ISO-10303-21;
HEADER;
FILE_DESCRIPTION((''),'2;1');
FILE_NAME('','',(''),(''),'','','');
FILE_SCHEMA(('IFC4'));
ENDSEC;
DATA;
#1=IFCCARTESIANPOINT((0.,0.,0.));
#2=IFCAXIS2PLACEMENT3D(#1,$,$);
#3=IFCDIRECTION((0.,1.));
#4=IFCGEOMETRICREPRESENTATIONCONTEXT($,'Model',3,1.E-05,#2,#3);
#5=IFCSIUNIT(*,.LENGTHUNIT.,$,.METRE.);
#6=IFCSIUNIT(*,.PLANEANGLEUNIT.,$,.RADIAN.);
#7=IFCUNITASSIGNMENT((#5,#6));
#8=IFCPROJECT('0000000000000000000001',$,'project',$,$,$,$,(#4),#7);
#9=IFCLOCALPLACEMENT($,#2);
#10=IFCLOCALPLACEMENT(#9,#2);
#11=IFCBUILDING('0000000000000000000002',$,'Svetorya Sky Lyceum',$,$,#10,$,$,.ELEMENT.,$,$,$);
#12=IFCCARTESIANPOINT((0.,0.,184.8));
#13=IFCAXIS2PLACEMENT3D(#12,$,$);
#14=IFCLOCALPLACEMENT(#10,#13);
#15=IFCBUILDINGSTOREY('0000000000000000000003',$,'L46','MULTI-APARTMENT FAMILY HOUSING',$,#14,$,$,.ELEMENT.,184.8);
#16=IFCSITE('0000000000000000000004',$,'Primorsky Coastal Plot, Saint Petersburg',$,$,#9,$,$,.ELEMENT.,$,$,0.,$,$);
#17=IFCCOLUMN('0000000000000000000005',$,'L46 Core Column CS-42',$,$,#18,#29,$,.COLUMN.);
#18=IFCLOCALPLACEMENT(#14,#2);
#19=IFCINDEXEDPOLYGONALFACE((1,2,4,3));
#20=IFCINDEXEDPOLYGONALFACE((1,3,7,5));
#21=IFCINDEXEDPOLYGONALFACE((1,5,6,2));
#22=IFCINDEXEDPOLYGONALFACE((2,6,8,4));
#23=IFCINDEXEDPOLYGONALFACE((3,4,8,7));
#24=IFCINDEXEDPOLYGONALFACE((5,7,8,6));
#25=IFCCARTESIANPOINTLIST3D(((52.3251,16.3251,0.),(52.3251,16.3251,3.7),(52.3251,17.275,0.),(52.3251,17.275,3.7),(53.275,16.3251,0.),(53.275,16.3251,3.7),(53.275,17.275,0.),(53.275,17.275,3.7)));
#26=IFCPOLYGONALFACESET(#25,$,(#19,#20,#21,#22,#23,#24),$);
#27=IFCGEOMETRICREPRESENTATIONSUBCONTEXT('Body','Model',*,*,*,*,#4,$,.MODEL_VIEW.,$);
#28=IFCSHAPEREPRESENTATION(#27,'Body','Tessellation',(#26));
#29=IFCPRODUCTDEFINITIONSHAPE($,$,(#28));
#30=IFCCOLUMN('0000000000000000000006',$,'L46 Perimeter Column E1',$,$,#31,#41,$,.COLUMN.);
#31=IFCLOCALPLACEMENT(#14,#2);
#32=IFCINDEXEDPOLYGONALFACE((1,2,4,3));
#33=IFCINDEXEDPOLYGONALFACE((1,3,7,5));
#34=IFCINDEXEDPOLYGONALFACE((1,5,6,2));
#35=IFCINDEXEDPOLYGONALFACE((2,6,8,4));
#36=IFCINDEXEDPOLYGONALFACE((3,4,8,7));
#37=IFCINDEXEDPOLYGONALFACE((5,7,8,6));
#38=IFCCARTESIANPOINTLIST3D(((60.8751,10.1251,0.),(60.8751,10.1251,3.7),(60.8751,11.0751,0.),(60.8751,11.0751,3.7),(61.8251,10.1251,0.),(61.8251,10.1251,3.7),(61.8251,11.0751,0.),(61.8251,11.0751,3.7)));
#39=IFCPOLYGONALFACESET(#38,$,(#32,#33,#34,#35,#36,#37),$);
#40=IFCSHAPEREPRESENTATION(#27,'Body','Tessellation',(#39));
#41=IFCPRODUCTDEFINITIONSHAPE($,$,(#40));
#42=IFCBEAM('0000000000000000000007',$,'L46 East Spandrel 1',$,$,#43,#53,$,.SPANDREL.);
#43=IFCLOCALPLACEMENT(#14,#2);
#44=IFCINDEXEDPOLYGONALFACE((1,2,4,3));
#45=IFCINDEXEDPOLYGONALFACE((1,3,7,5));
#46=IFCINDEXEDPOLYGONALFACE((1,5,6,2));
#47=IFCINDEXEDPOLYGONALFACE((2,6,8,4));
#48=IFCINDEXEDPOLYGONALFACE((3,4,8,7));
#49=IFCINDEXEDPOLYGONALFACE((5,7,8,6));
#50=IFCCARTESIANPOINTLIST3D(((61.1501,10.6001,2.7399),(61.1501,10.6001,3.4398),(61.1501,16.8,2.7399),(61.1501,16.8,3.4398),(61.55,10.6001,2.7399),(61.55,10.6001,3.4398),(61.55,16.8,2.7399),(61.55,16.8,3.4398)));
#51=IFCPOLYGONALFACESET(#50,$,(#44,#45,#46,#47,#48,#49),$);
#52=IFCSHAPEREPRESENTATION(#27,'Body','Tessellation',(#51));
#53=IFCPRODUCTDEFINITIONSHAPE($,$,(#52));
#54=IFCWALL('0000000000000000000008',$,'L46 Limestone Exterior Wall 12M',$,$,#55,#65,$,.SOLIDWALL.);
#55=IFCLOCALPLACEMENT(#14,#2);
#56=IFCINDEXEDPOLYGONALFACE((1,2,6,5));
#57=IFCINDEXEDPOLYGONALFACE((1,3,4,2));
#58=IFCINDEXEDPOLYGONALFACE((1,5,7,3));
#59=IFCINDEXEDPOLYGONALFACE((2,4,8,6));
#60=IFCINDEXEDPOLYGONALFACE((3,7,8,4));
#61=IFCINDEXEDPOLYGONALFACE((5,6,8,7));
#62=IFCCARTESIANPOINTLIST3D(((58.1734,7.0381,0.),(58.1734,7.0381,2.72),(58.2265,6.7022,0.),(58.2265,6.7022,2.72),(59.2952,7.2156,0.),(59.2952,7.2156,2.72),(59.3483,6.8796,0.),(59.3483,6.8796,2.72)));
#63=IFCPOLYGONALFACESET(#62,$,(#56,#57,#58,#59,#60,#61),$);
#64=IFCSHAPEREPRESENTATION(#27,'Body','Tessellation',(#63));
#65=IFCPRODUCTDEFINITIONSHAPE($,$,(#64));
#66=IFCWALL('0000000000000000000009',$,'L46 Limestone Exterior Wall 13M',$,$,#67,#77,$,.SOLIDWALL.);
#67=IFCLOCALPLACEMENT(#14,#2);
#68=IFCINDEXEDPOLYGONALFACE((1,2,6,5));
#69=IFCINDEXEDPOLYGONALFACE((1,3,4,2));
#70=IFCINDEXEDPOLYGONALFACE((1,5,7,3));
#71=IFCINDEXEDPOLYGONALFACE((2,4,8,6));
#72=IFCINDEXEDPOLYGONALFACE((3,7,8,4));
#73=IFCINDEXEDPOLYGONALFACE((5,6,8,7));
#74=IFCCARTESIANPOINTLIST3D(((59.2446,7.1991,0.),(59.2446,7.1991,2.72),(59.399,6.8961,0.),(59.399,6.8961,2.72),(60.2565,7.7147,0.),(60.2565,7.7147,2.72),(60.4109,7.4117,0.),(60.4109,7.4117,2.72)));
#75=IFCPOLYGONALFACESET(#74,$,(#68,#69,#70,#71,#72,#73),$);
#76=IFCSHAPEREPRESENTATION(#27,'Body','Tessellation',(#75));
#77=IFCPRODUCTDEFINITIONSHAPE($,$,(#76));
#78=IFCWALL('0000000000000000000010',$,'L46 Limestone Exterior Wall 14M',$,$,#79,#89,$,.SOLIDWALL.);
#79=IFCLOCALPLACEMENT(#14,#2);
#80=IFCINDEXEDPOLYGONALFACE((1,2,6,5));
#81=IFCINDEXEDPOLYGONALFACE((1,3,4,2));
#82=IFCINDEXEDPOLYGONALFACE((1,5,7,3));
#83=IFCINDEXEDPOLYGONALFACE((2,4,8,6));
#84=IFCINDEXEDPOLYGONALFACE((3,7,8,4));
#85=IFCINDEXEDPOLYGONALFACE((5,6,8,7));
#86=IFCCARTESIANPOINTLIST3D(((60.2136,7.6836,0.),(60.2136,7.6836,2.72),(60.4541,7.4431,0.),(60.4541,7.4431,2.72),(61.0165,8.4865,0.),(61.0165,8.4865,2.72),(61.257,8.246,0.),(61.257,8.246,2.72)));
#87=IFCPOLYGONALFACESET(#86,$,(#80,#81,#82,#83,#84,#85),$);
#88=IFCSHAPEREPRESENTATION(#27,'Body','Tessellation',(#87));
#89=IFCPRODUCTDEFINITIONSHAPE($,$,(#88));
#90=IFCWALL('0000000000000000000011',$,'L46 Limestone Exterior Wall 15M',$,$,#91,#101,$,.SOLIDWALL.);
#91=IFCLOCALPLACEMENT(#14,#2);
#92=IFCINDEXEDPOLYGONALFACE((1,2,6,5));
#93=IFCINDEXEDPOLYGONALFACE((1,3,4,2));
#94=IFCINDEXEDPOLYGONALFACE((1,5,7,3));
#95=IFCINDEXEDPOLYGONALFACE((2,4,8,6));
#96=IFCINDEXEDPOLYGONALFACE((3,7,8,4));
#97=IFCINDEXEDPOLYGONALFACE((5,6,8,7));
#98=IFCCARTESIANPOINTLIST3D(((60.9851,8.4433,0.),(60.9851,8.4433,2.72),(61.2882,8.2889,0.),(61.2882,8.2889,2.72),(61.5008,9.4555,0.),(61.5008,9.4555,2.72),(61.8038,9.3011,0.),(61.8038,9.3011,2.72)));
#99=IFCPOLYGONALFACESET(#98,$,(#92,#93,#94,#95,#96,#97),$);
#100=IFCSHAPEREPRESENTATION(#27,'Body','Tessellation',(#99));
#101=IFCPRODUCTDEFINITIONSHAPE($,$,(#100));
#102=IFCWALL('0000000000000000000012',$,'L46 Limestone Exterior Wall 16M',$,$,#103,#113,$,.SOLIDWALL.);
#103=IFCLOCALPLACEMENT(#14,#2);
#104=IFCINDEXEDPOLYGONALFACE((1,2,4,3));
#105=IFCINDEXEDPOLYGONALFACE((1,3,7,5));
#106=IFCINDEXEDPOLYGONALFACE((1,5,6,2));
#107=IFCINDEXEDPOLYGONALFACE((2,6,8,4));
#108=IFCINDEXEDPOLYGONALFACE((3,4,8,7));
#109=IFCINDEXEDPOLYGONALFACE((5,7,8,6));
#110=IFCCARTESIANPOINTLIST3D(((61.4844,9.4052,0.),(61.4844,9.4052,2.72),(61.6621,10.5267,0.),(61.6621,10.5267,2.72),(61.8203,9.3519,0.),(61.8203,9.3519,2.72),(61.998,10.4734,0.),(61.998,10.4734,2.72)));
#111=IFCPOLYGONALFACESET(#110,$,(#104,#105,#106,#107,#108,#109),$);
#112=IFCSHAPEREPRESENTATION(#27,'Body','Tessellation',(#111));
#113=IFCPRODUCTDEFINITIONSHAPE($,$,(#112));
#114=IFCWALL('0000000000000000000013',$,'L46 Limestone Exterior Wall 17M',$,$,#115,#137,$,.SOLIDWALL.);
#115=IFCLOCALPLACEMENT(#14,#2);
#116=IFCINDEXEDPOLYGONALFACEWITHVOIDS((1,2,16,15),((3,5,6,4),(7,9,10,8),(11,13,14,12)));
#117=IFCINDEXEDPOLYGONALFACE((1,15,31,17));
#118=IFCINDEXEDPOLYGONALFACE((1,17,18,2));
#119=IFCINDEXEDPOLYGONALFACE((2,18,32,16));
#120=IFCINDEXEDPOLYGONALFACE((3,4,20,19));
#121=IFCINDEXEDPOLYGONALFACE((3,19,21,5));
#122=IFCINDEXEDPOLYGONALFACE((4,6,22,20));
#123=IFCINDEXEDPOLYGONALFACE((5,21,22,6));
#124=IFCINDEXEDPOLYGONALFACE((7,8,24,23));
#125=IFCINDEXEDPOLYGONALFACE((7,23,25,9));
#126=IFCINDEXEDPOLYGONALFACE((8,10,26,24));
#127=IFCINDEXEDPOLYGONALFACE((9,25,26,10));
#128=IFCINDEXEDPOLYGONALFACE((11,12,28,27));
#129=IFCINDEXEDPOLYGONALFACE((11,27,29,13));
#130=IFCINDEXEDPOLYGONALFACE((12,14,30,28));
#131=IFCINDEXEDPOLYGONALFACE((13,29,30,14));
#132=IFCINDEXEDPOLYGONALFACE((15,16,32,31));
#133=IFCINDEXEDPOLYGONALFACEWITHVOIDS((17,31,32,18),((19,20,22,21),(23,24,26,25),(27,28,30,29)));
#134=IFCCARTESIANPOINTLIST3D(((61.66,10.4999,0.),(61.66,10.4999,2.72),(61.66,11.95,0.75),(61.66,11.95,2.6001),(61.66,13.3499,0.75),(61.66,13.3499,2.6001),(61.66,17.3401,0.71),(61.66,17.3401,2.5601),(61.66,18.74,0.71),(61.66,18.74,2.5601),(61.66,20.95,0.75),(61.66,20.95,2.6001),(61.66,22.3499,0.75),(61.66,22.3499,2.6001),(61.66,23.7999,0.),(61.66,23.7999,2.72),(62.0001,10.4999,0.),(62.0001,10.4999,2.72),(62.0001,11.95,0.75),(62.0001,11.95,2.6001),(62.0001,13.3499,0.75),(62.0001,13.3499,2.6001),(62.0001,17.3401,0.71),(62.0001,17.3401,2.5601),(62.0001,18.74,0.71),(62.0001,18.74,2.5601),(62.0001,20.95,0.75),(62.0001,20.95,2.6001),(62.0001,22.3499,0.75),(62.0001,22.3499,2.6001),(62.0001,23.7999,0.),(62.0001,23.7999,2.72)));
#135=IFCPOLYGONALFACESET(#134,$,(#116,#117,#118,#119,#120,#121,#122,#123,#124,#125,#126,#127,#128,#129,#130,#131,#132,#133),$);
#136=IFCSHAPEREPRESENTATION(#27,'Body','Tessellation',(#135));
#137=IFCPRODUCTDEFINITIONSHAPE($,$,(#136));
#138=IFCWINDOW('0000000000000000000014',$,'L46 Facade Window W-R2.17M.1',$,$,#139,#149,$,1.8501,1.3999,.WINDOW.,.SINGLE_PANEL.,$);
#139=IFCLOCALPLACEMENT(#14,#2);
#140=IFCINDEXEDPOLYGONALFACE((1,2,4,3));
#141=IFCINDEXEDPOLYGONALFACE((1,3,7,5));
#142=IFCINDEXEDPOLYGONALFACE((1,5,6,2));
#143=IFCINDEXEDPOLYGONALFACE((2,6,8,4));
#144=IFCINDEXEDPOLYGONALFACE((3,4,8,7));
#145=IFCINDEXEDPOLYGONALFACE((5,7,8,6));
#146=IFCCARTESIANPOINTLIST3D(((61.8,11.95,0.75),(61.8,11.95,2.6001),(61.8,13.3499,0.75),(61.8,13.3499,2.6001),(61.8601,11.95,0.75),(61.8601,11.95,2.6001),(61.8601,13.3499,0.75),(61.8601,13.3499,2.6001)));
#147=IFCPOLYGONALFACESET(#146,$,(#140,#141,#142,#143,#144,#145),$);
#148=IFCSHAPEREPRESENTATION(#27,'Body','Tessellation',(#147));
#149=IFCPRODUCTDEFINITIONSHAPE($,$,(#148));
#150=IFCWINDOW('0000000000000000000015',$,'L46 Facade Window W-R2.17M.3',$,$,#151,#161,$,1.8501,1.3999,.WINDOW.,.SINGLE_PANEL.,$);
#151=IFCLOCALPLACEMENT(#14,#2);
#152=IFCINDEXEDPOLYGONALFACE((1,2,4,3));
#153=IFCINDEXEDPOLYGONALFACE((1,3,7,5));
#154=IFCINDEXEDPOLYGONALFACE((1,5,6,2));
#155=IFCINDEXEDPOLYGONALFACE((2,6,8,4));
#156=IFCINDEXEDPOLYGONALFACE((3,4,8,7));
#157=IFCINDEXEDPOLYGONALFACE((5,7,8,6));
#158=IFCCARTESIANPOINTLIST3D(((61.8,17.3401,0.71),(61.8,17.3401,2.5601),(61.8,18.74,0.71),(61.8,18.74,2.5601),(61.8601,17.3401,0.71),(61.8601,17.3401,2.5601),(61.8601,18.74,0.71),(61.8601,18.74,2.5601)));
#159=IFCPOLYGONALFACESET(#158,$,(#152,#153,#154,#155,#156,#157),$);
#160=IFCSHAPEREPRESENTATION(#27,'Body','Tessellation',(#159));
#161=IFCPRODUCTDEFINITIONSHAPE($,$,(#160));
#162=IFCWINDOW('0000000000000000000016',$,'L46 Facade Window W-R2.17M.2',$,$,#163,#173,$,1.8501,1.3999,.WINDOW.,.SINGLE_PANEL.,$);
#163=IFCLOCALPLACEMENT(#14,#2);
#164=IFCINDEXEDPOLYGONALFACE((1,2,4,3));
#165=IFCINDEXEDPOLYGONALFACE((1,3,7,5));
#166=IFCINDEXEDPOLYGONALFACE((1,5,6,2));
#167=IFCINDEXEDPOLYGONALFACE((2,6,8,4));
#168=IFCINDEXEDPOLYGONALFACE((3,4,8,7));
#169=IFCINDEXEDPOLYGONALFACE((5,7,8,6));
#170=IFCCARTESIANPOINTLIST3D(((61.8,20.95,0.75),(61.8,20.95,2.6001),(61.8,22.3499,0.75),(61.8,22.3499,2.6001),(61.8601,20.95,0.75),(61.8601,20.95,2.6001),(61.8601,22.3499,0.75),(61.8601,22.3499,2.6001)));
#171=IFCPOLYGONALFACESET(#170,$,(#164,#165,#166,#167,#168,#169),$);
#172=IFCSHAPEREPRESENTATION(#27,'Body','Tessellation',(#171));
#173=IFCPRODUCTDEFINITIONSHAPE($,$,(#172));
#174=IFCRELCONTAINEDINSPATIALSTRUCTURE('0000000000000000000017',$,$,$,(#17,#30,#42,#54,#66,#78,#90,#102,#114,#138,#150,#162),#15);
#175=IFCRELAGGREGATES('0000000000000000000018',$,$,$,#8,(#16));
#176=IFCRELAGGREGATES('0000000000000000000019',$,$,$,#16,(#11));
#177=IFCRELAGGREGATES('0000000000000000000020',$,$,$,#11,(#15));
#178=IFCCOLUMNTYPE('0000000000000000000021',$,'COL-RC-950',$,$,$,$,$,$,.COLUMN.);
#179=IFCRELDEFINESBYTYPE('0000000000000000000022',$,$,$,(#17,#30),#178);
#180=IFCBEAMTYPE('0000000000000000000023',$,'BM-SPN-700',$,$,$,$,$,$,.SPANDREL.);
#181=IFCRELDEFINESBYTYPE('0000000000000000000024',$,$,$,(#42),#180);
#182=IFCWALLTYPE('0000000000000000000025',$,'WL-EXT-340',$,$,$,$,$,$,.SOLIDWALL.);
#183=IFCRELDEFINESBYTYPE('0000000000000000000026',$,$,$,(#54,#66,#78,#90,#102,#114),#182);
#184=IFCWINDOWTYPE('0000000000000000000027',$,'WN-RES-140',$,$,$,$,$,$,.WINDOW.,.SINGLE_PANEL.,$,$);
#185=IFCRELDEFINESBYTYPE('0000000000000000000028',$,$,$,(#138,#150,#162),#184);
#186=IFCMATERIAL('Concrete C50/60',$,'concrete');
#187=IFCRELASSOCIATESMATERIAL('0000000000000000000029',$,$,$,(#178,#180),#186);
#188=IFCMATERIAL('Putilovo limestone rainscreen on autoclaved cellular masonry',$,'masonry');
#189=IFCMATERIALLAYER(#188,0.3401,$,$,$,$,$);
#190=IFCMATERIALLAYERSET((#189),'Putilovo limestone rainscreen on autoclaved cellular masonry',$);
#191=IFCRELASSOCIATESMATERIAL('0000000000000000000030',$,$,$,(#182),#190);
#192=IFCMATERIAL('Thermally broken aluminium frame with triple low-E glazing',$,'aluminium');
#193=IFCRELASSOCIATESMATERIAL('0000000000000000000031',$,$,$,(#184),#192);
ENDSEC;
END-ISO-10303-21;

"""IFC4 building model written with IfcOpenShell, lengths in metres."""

from ifc_helpers import new_model, si_unit, direction, frame, frame_2d, origin, origin_2d, place, context, subcontext, project, spatial, rectangle, extrude, material, layer, layer_set, material_profile, profile_set, type_object, element, fill, save


model = new_model("IFC4")

# Units and contexts
model_context = context("Model", 3, precision=1e-05, world=origin(), true_north=direction((0.0, 1.0)))
body_context = subcontext(model_context, "Body", "Model", "MODEL_VIEW")
ifc_project = project(units=[si_unit("LENGTHUNIT", "METRE"), si_unit("PLANEANGLEUNIT", "RADIAN")], contexts=[model_context])

# Site, building, storey
site_placement = place(None, origin())
site = spatial("IfcSite", under=ifc_project, at=site_placement, Name="Primorsky Coastal Plot, Saint Petersburg", CompositionType="ELEMENT", RefElevation=0.0)
building_placement = place(site_placement, origin())
building = spatial("IfcBuilding", under=site, at=building_placement, Name="Svetorya Sky Lyceum", CompositionType="ELEMENT")
storey_placement = place(building_placement, frame((0.0, 0.0, 184.8)))
storey = spatial("IfcBuildingStorey", under=building, at=storey_placement, Name="L46", Description="MULTI-APARTMENT FAMILY HOUSING", CompositionType="ELEMENT", Elevation=184.8)

# Columns
ifc_material_1 = material(Name="Concrete C50/60", Category="concrete")
ifc_material_profile_1 = material_profile(ifc_material_1, rectangle(XDim=0.95, YDim=0.95, at=origin_2d()), Name="RC COL 950x950")
ifc_profile_set_1 = profile_set([ifc_material_profile_1], Name="Concrete C50/60")
column_type = type_object("IfcColumnType", Name="COL-RC-950", PredefinedType="COLUMN", material=ifc_profile_set_1)
for number, where, z_axis, x_axis, name in (
    (1, (52.8, 16.8, 0.0), (0.0, 0.0, 1.0), (1.0, 0.0, 0.0), "L46 Core Column CS-42"),
    (2, (61.3501, 10.6001, 0.0), (0.0, 0.0, 1.0), (1.0, 0.0, 0.0), "L46 Perimeter Column E1"),
):
    element("IfcColumn", number, at=place(storey_placement, frame(where, z_axis=z_axis, x_axis=x_axis)), inside=storey, type_object=column_type, Name=name, PredefinedType="COLUMN", context=body_context, shape_type="SweptSolid", body=[
        extrude(rectangle(XDim=0.95, YDim=0.95, at=origin_2d()), origin(), (0.0, 0.0, 1.0), 3.7),
    ])

# Beam
ifc_material_profile_2 = material_profile(ifc_material_1, rectangle(XDim=0.3999, YDim=0.7, at=origin_2d()), Name="RC SPANDREL 400x700")
ifc_profile_set_2 = profile_set([ifc_material_profile_2], Name="Concrete C50/60")
beam_type = type_object("IfcBeamType", Name="BM-SPN-700", PredefinedType="SPANDREL", material=ifc_profile_set_2)
beam_placement = place(storey_placement, frame((61.3501, 10.6001, 3.0898), z_axis=(0.0, 1.0, 0.0), x_axis=(-1.0, 0.0, 0.0)))
element("IfcBeam", 3, at=beam_placement, inside=storey, type_object=beam_type, Name="L46 East Spandrel 1", PredefinedType="SPANDREL", context=body_context, shape_type="SweptSolid", body=[
    extrude(rectangle(XDim=0.3999, YDim=0.7, at=origin_2d()), origin(), (0.0, 0.0, 1.0), 6.2),
])

# Walls
ifc_material_2 = material(Name="Putilovo limestone rainscreen on autoclaved cellular masonry", Category="masonry")
ifc_layer_1 = layer(ifc_material_2, 0.3401)
ifc_layer_set_1 = layer_set([ifc_layer_1], Name="Putilovo limestone rainscreen on autoclaved cellular masonry")
wall_type_1 = type_object("IfcWallType", Name="WL-EXT-340", PredefinedType="SOLIDWALL", material=ifc_layer_set_1)
for number, where, z_axis, x_axis, name in (
    (4, (58.2, 6.8701, 0.0), (0.0, 0.0, 1.0), (0.987714, 0.156272, 0.0), "L46 Limestone Exterior Wall 12M"),
    (5, (59.3218, 7.0476, 0.0), (0.0, 0.0, 1.0), (0.891005, 0.453993, 0.0), "L46 Limestone Exterior Wall 13M"),
):
    element("IfcWall", number, at=place(storey_placement, frame(where, z_axis=z_axis, x_axis=x_axis)), inside=storey, type_object=wall_type_1, Name=name, PredefinedType="SOLIDWALL", context=body_context, shape_type="SweptSolid", body=[
        extrude(rectangle(XDim=1.1357, YDim=0.3401, at=frame_2d((0.5679, 0.0))), origin(), (0.0, 0.0, 1.0), 2.72),
    ])
wall_1_placement = place(storey_placement, frame((60.3337, 7.5632, 0.0), z_axis=(0.0, 0.0, 1.0), x_axis=(0.707107, 0.707107, 0.0)))
element("IfcWall", 6, at=wall_1_placement, inside=storey, type_object=wall_type_1, Name="L46 Limestone Exterior Wall 14M", PredefinedType="SOLIDWALL", context=body_context, shape_type="SweptSolid", body=[
    extrude(rectangle(XDim=1.1355, YDim=0.3401, at=frame_2d((0.5679, 0.0))), origin(), (0.0, 0.0, 1.0), 2.72),
])
wall_2_placement = place(storey_placement, frame((61.1367, 8.3662, 0.0), z_axis=(0.0, 0.0, 1.0), x_axis=(0.453906, 0.891049, 0.0)))
element("IfcWall", 7, at=wall_2_placement, inside=storey, type_object=wall_type_1, Name="L46 Limestone Exterior Wall 15M", PredefinedType="SOLIDWALL", context=body_context, shape_type="SweptSolid", body=[
    extrude(rectangle(XDim=1.136, YDim=0.3401, at=frame_2d((0.5679, 0.0))), origin(), (0.0, 0.0, 1.0), 2.72),
])
wall_3_placement = place(storey_placement, frame((61.6523, 9.3784, 0.0), z_axis=(0.0, 0.0, 1.0), x_axis=(0.156515, 0.987676, 0.0)))
element("IfcWall", 8, at=wall_3_placement, inside=storey, type_object=wall_type_1, Name="L46 Limestone Exterior Wall 16M", PredefinedType="SOLIDWALL", context=body_context, shape_type="SweptSolid", body=[
    extrude(rectangle(XDim=1.1355, YDim=0.3401, at=frame_2d((0.5679, 0.0))), origin(), (0.0, 0.0, 1.0), 2.72),
])

# Wall, openings, windows
wall_4_placement = place(storey_placement, frame((61.8301, 10.5, 0.0), z_axis=(0.0, 0.0, 1.0), x_axis=(0.0, 1.0, 0.0)))
wall_4 = element("IfcWall", 9, at=wall_4_placement, inside=storey, type_object=wall_type_1, Name="L46 Limestone Exterior Wall 17M", PredefinedType="SOLIDWALL", context=body_context, shape_type="SweptSolid", body=[
    extrude(rectangle(XDim=13.3, YDim=0.3401, at=frame_2d((6.6499, 0.0))), origin(), (0.0, 0.0, 1.0), 2.72),
])
opening_1_placement = place(wall_4_placement, frame((1.45, 0.0, 0.75)))
opening_1 = element("IfcOpeningElement", 10, at=opening_1_placement, cuts=wall_4, PredefinedType="OPENING", context=body_context, shape_type="SweptSolid", body=[
    extrude(rectangle(XDim=1.3999, YDim=1.8501, at=frame_2d((0.7, 0.925))), frame((0.0, 0.1799, 0.0), z_axis=(0.0, -1.0, 0.0), x_axis=(1.0, 0.0, 0.0)), (0.0, 0.0, 1.0), 0.3601),
])
opening_2_placement = place(wall_4_placement, frame((6.8401, 0.0, 0.71)))
opening_2 = element("IfcOpeningElement", 11, at=opening_2_placement, cuts=wall_4, PredefinedType="OPENING", context=body_context, shape_type="SweptSolid", body=[
    extrude(rectangle(XDim=1.3999, YDim=1.8501, at=frame_2d((0.7, 0.925))), frame((0.0, 0.1799, 0.0), z_axis=(0.0, -1.0, 0.0), x_axis=(1.0, 0.0, 0.0)), (0.0, 0.0, 1.0), 0.3601),
])
opening_3_placement = place(wall_4_placement, frame((10.45, 0.0, 0.75)))
opening_3 = element("IfcOpeningElement", 12, at=opening_3_placement, cuts=wall_4, PredefinedType="OPENING", context=body_context, shape_type="SweptSolid", body=[
    extrude(rectangle(XDim=1.3999, YDim=1.8501, at=frame_2d((0.7, 0.925))), frame((0.0, 0.1799, 0.0), z_axis=(0.0, -1.0, 0.0), x_axis=(1.0, 0.0, 0.0)), (0.0, 0.0, 1.0), 0.3601),
])
ifc_material_3 = material(Name="Thermally broken aluminium frame with triple low-E glazing", Category="aluminium")
window_type = type_object("IfcWindowType", Name="WN-RES-140", PartitioningType="SINGLE_PANEL", PredefinedType="WINDOW", material=ifc_material_3)
window_1_placement = place(opening_1_placement, origin())
window_1 = element("IfcWindow", 13, at=window_1_placement, inside=storey, type_object=window_type, Name="L46 Facade Window W-R2.17M.1", OverallHeight=1.8501, OverallWidth=1.3999, PartitioningType="SINGLE_PANEL", PredefinedType="WINDOW", context=body_context, shape_type="SweptSolid", body=[
    extrude(rectangle(XDim=1.3999, YDim=1.8501, at=frame_2d((0.7, 0.925))), frame((0.0, 0.03, 0.0), z_axis=(0.0, -1.0, 0.0), x_axis=(1.0, 0.0, 0.0)), (0.0, 0.0, 1.0), 0.0601),
])
fill(opening_1, window_1)
window_2_placement = place(opening_2_placement, origin())
window_2 = element("IfcWindow", 14, at=window_2_placement, inside=storey, type_object=window_type, Name="L46 Facade Window W-R2.17M.3", OverallHeight=1.8501, OverallWidth=1.3999, PartitioningType="SINGLE_PANEL", PredefinedType="WINDOW", context=body_context, shape_type="SweptSolid", body=[
    extrude(rectangle(XDim=1.3999, YDim=1.8501, at=frame_2d((0.7, 0.925))), frame((0.0, 0.03, 0.0), z_axis=(0.0, -1.0, 0.0), x_axis=(1.0, 0.0, 0.0)), (0.0, 0.0, 1.0), 0.0601),
])
fill(opening_2, window_2)
window_3_placement = place(opening_3_placement, origin())
window_3 = element("IfcWindow", 15, at=window_3_placement, inside=storey, type_object=window_type, Name="L46 Facade Window W-R2.17M.2", OverallHeight=1.8501, OverallWidth=1.3999, PartitioningType="SINGLE_PANEL", PredefinedType="WINDOW", context=body_context, shape_type="SweptSolid", body=[
    extrude(rectangle(XDim=1.3999, YDim=1.8501, at=frame_2d((0.7, 0.925))), frame((0.0, 0.03, 0.0), z_axis=(0.0, -1.0, 0.0), x_axis=(1.0, 0.0, 0.0)), (0.0, 0.0, 1.0), 0.0601),
])
fill(opening_3, window_3)

save(model, "model.ifc")
